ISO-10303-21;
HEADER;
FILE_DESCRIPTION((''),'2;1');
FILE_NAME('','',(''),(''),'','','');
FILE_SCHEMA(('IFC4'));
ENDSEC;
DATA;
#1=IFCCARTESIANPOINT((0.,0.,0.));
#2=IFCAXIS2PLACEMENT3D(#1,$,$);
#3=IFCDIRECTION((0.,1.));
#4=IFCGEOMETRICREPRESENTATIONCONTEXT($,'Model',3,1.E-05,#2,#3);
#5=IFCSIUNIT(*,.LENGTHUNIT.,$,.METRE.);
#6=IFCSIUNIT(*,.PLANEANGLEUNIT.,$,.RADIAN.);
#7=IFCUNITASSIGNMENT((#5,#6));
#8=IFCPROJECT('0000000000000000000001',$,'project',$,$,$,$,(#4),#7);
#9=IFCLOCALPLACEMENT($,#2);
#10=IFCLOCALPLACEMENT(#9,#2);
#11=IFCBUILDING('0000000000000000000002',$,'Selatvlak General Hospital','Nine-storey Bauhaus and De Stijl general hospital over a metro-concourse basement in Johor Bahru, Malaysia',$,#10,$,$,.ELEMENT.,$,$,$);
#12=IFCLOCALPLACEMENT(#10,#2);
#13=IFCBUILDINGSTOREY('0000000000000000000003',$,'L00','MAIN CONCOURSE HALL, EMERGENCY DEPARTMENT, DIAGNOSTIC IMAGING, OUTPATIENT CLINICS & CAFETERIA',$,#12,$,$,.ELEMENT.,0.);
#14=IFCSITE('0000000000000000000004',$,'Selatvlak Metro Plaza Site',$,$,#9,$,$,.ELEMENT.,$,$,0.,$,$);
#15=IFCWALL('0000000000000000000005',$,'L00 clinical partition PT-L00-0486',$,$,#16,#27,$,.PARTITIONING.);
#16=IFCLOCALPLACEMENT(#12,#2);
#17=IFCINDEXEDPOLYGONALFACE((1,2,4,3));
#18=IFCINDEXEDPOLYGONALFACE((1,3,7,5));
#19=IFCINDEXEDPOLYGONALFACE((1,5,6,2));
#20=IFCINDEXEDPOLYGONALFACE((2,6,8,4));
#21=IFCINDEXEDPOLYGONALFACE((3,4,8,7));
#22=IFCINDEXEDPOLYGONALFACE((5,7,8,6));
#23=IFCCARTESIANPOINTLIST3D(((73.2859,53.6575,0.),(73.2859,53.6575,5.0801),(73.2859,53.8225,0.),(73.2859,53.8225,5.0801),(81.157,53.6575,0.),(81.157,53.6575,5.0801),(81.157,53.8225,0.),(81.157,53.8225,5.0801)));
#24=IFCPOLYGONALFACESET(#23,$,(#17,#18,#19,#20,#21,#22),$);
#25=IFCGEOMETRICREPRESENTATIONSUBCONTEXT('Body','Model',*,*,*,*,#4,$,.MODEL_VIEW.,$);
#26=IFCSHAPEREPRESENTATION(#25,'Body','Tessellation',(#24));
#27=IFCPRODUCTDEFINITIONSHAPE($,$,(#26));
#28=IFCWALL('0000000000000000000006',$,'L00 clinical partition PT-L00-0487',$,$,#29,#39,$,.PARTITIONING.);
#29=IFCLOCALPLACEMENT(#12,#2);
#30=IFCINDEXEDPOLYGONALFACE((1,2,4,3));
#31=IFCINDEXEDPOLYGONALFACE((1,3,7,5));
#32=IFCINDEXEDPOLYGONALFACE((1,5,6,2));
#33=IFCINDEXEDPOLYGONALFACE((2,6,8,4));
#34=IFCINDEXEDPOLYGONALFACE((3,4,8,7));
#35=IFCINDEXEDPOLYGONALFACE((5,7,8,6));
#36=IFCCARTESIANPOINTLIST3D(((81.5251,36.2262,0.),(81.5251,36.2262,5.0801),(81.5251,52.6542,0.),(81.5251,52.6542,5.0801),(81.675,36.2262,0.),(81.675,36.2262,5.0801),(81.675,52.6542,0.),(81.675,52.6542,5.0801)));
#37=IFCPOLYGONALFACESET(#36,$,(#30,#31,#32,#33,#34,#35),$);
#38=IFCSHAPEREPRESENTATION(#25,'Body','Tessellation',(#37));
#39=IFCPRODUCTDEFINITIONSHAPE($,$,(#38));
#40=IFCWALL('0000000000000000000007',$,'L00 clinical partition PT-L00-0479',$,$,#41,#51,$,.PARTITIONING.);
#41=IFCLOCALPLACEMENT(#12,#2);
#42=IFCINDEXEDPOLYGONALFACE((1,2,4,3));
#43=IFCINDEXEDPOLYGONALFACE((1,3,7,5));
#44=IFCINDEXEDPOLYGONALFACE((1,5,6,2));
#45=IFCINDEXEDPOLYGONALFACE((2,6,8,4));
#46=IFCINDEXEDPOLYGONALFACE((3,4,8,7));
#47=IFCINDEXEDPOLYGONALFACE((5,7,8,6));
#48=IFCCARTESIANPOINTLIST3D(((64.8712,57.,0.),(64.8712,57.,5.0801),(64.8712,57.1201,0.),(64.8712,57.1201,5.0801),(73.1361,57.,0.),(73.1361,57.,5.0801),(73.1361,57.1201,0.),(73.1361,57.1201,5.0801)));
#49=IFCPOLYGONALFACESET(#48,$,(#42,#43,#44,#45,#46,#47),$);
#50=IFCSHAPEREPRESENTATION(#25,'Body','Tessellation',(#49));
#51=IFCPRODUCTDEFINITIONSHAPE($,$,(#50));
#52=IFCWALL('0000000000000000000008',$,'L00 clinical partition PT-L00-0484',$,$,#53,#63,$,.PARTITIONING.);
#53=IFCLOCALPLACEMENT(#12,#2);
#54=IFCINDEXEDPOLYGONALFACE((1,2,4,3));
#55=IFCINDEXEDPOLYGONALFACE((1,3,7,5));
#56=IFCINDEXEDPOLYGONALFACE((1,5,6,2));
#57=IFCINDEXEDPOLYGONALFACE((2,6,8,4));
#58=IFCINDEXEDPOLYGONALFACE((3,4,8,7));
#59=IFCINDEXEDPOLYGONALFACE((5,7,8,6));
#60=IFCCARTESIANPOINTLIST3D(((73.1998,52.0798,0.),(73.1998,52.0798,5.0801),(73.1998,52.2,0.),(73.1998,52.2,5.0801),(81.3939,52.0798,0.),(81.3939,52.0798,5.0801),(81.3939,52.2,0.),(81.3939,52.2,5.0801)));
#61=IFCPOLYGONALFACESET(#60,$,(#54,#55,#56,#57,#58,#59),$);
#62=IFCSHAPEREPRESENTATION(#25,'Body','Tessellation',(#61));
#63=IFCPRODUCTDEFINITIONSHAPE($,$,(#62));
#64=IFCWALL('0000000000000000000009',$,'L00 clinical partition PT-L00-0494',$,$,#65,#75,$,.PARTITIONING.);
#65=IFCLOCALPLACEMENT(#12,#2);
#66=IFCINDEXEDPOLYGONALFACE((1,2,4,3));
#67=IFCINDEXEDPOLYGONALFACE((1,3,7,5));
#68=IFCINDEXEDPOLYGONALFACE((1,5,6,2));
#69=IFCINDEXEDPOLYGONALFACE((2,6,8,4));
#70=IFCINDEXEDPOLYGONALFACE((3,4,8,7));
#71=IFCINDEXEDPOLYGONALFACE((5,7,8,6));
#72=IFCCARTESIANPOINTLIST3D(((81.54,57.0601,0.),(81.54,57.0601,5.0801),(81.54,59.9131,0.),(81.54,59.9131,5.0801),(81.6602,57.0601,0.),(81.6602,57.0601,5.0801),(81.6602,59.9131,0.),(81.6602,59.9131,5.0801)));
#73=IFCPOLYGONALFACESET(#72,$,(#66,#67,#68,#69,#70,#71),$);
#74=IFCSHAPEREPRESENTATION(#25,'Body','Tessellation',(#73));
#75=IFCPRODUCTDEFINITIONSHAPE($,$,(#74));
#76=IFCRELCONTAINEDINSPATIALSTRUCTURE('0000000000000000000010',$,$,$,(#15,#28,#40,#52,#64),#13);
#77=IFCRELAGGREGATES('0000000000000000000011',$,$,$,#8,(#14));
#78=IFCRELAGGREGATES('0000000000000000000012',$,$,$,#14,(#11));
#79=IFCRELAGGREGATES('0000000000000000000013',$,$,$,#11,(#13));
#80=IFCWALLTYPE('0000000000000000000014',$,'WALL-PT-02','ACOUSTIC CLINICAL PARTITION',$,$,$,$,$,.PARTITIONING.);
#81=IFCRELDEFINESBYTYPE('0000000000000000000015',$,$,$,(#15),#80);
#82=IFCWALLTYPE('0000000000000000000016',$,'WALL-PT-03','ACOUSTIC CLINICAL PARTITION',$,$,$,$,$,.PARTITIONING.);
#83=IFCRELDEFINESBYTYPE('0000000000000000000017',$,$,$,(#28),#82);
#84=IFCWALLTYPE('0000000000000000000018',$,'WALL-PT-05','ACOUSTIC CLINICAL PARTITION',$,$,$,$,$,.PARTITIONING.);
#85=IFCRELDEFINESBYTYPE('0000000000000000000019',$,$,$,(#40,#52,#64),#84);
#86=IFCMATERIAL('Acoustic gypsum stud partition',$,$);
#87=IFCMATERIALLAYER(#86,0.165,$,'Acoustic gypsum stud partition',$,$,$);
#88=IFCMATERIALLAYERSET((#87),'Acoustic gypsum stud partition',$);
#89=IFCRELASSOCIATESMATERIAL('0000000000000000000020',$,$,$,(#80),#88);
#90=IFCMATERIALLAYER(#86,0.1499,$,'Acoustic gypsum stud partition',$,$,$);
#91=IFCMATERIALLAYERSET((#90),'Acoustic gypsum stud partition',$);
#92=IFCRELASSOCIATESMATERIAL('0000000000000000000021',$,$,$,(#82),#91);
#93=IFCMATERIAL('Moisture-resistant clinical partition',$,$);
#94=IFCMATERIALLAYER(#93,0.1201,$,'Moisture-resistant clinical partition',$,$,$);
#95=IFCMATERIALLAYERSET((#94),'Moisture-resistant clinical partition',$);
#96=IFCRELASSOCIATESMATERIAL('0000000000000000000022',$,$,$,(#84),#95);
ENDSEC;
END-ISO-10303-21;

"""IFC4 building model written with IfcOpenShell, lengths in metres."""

from ifc_helpers import new_model, si_unit, direction, frame, frame_2d, origin, place, context, subcontext, project, spatial, rectangle, extrude, material, layer, layer_set, type_object, element, save


model = new_model("IFC4")

# Units and contexts
model_context = context("Model", 3, precision=1e-05, world=origin(), true_north=direction((0.0, 1.0)))
body_context = subcontext(model_context, "Body", "Model", "MODEL_VIEW")
ifc_project = project(units=[si_unit("LENGTHUNIT", "METRE"), si_unit("PLANEANGLEUNIT", "RADIAN")], contexts=[model_context])

# Site, building, storey
site_placement = place(None, origin())
site = spatial("IfcSite", under=ifc_project, at=site_placement, Name="Selatvlak Metro Plaza Site", CompositionType="ELEMENT", RefElevation=0.0)
building_placement = place(site_placement, origin())
building = spatial("IfcBuilding", under=site, at=building_placement, Name="Selatvlak General Hospital", Description="Nine-storey Bauhaus and De Stijl general hospital over a metro-concourse basement in Johor Bahru, Malaysia", CompositionType="ELEMENT")
storey_placement = place(building_placement, origin())
storey = spatial("IfcBuildingStorey", under=building, at=storey_placement, Name="L00", Description="MAIN CONCOURSE HALL, EMERGENCY DEPARTMENT, DIAGNOSTIC IMAGING, OUTPATIENT CLINICS & CAFETERIA", CompositionType="ELEMENT", Elevation=0.0)

# Walls
ifc_material_1 = material(Name="Acoustic gypsum stud partition")
ifc_layer_1 = layer(ifc_material_1, 0.165, Name="Acoustic gypsum stud partition")
ifc_layer_set_1 = layer_set([ifc_layer_1], Name="Acoustic gypsum stud partition")
wall_type_1 = type_object("IfcWallType", Name="WALL-PT-02", Description="ACOUSTIC CLINICAL PARTITION", PredefinedType="PARTITIONING", material=ifc_layer_set_1)
wall_1_placement = place(storey_placement, frame((73.2859, 53.74, 0.0), z_axis=(0.0, 0.0, 1.0), x_axis=(1.0, 0.0, 0.0)))
element("IfcWall", 1, at=wall_1_placement, inside=storey, type_object=wall_type_1, Name="L00 clinical partition PT-L00-0486", PredefinedType="PARTITIONING", context=body_context, shape_type="SweptSolid", body=[
    extrude(rectangle(XDim=7.8711, YDim=0.165, at=frame_2d((3.9355, 0.0))), origin(), (0.0, 0.0, 1.0), 5.0801),
])
ifc_layer_2 = layer(ifc_material_1, 0.1499, Name="Acoustic gypsum stud partition")
ifc_layer_set_2 = layer_set([ifc_layer_2], Name="Acoustic gypsum stud partition")
wall_type_2 = type_object("IfcWallType", Name="WALL-PT-03", Description="ACOUSTIC CLINICAL PARTITION", PredefinedType="PARTITIONING", material=ifc_layer_set_2)
wall_2_placement = place(storey_placement, frame((81.6001, 52.6541, 0.0), z_axis=(0.0, 0.0, 1.0), x_axis=(0.0, -1.0, 0.0)))
element("IfcWall", 2, at=wall_2_placement, inside=storey, type_object=wall_type_2, Name="L00 clinical partition PT-L00-0487", PredefinedType="PARTITIONING", context=body_context, shape_type="SweptSolid", body=[
    extrude(rectangle(XDim=16.428, YDim=0.1499, at=frame_2d((8.2139, 0.0))), origin(), (0.0, 0.0, 1.0), 5.0801),
])
ifc_material_2 = material(Name="Moisture-resistant clinical partition")
ifc_layer_3 = layer(ifc_material_2, 0.1201, Name="Moisture-resistant clinical partition")
ifc_layer_set_3 = layer_set([ifc_layer_3], Name="Moisture-resistant clinical partition")
wall_type_3 = type_object("IfcWallType", Name="WALL-PT-05", Description="ACOUSTIC CLINICAL PARTITION", PredefinedType="PARTITIONING", material=ifc_layer_set_3)
wall_3_placement = place(storey_placement, frame((73.136, 57.0601, 0.0), z_axis=(0.0, 0.0, 1.0), x_axis=(-1.0, 0.0, 0.0)))
element("IfcWall", 3, at=wall_3_placement, inside=storey, type_object=wall_type_3, Name="L00 clinical partition PT-L00-0479", PredefinedType="PARTITIONING", context=body_context, shape_type="SweptSolid", body=[
    extrude(rectangle(XDim=8.2649, YDim=0.1201, at=frame_2d((4.1323, 0.0))), origin(), (0.0, 0.0, 1.0), 5.0801),
])
wall_4_placement = place(storey_placement, frame((81.394, 52.1399, 0.0), z_axis=(0.0, 0.0, 1.0), x_axis=(-1.0, 0.0, 0.0)))
element("IfcWall", 4, at=wall_4_placement, inside=storey, type_object=wall_type_3, Name="L00 clinical partition PT-L00-0484", PredefinedType="PARTITIONING", context=body_context, shape_type="SweptSolid", body=[
    extrude(rectangle(XDim=8.1941, YDim=0.1201, at=frame_2d((4.0972, 0.0))), origin(), (0.0, 0.0, 1.0), 5.0801),
])
wall_5_placement = place(storey_placement, frame((81.6001, 59.9131, 0.0), z_axis=(0.0, 0.0, 1.0), x_axis=(0.0, -1.0, 0.0)))
element("IfcWall", 5, at=wall_5_placement, inside=storey, type_object=wall_type_3, Name="L00 clinical partition PT-L00-0494", PredefinedType="PARTITIONING", context=body_context, shape_type="SweptSolid", body=[
    extrude(rectangle(XDim=2.853, YDim=0.1201, at=frame_2d((1.4265, 0.0))), origin(), (0.0, 0.0, 1.0), 5.0801),
])

save(model, "model.ifc")
